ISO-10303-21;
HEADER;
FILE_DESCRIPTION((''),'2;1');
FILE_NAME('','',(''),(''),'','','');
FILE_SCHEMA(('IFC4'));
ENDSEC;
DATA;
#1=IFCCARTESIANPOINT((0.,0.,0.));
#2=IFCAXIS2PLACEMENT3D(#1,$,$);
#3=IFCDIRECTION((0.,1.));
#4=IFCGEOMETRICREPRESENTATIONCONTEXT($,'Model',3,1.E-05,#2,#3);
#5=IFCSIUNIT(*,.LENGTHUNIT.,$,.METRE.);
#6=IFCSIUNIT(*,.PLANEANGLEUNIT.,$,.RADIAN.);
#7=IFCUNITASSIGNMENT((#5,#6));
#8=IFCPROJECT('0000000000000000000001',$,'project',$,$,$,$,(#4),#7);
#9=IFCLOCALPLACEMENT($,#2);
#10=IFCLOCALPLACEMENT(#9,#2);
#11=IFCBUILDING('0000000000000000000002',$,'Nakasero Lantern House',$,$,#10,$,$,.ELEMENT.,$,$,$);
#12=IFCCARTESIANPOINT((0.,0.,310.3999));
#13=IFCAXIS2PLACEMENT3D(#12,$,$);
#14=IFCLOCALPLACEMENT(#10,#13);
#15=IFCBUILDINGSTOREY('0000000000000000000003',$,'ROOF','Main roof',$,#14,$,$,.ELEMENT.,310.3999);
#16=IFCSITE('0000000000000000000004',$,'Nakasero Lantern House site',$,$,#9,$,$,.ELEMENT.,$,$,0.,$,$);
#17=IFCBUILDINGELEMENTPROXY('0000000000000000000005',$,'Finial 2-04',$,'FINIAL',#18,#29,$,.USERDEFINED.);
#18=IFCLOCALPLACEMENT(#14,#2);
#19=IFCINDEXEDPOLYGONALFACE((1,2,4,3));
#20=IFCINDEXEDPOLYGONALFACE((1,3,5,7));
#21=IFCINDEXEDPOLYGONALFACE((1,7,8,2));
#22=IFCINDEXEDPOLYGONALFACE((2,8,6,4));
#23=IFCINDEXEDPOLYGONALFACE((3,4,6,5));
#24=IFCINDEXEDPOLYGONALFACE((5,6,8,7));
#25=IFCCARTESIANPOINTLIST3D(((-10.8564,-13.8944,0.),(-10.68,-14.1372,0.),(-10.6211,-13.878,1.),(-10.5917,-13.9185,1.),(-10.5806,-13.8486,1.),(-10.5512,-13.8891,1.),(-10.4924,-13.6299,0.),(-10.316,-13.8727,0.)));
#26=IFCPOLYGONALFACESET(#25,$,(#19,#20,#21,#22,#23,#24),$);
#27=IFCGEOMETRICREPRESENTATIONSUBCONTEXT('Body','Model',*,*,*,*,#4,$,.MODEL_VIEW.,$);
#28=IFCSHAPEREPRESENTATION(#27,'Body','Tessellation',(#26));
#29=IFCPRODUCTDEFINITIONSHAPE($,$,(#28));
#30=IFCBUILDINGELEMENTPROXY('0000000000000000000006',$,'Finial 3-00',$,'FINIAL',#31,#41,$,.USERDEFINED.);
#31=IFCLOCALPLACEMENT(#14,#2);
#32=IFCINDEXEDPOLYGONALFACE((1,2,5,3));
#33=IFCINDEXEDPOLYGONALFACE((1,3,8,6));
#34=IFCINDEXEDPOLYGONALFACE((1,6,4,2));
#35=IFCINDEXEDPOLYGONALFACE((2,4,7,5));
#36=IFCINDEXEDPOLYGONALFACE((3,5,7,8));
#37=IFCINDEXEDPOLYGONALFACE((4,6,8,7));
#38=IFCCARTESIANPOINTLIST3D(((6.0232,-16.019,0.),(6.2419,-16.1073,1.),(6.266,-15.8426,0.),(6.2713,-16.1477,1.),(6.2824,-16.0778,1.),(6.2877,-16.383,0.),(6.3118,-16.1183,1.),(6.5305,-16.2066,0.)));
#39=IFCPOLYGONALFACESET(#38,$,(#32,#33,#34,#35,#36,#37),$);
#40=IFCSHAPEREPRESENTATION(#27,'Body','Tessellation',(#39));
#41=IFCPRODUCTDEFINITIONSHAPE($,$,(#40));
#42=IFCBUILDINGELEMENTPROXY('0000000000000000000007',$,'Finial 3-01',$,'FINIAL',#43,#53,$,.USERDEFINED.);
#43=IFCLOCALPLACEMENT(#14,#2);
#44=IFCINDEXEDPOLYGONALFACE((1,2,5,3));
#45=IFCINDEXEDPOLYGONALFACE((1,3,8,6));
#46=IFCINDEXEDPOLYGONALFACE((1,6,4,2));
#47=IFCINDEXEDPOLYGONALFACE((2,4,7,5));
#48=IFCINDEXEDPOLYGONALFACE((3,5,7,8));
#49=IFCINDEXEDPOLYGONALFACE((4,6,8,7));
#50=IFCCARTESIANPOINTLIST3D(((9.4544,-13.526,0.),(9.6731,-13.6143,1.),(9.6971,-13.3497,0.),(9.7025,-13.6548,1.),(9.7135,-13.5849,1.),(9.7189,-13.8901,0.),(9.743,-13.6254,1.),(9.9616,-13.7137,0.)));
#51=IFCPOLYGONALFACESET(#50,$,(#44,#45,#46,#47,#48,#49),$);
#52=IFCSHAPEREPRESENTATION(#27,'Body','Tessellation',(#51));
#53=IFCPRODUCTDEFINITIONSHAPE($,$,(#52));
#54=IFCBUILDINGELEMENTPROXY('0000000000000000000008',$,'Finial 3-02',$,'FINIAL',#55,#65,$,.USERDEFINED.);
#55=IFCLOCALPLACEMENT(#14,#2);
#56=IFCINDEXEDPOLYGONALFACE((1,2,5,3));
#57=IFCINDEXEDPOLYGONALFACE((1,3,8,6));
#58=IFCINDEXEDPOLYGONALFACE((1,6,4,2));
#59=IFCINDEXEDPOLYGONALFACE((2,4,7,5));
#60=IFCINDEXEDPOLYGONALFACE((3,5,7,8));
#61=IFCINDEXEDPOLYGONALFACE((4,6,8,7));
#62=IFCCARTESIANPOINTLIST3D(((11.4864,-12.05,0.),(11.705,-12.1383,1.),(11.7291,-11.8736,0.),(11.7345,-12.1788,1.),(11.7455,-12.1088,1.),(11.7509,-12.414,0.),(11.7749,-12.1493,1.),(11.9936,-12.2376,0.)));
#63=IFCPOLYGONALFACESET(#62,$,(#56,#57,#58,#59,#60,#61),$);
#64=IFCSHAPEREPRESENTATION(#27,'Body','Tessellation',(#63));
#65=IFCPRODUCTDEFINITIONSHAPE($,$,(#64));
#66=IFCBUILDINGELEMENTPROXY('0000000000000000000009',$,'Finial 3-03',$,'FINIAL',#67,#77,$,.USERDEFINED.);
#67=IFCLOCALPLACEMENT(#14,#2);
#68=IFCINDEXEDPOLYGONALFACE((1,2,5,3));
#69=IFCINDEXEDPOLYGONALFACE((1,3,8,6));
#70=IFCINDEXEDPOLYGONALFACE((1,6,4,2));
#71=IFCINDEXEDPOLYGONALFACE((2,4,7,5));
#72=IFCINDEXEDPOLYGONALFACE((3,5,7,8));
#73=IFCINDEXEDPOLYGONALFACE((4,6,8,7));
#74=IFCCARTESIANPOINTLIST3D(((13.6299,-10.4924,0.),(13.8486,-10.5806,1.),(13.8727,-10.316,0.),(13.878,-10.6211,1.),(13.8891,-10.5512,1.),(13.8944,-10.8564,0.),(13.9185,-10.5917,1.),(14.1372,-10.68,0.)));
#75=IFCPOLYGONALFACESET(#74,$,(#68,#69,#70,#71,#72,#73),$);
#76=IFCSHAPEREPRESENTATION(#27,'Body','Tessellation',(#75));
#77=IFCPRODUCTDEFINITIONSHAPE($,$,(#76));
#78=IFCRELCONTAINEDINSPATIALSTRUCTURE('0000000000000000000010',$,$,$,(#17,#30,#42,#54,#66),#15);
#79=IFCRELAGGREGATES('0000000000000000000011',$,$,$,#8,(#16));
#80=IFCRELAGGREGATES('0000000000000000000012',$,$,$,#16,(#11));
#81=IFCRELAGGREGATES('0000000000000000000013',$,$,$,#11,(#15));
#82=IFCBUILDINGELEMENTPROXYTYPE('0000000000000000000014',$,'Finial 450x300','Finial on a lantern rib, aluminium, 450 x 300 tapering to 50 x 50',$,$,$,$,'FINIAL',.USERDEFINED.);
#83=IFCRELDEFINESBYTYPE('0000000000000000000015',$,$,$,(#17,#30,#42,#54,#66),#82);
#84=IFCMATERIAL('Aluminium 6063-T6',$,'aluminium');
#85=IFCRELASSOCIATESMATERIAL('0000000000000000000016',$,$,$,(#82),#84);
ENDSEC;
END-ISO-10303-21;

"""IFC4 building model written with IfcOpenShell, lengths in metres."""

from ifc_helpers import new_model, entity, si_unit, direction, frame, origin, place, context, subcontext, project, spatial, material, type_object, element, save


model = new_model("IFC4")

# Units and contexts
model_context = context("Model", 3, precision=1e-05, world=origin(), true_north=direction((0.0, 1.0)))
body_context = subcontext(model_context, "Body", "Model", "MODEL_VIEW")
ifc_project = project(units=[si_unit("LENGTHUNIT", "METRE"), si_unit("PLANEANGLEUNIT", "RADIAN")], contexts=[model_context])

# Site, building, storey
site_placement = place(None, origin())
site = spatial("IfcSite", under=ifc_project, at=site_placement, Name="Nakasero Lantern House site", CompositionType="ELEMENT", RefElevation=0.0)
building_placement = place(site_placement, origin())
building = spatial("IfcBuilding", under=site, at=building_placement, Name="Nakasero Lantern House", CompositionType="ELEMENT")
storey_placement = place(building_placement, frame((0.0, 0.0, 310.3999)))
storey = spatial("IfcBuildingStorey", under=building, at=storey_placement, Name="ROOF", Description="Main roof", CompositionType="ELEMENT", Elevation=310.3999)

# Building element proxies
ifc_material_1 = material(Name="Aluminium 6063-T6", Category="aluminium")
building_element_proxy_type = type_object("IfcBuildingElementProxyType", Name="Finial 450x300", Description="Finial on a lantern rib, aluminium, 450 x 300 tapering to 50 x 50", ElementType="FINIAL", PredefinedType="USERDEFINED", material=ifc_material_1)
for number, where, z_axis, x_axis, name in (
    (1, (-10.5862, -13.8835, 0.0), (0.0, 0.0, 1.0), (-0.809017, -0.587785, 0.0), "Finial 2-04"),
    (2, (6.2769, -16.1128, 0.0), (0.0, 0.0, 1.0), (0.587785, -0.809017, 0.0), "Finial 3-00"),
    (3, (9.708, -13.6199, 0.0), (0.0, 0.0, 1.0), (0.587785, -0.809017, 0.0), "Finial 3-01"),
    (4, (11.74, -12.1438, 0.0), (0.0, 0.0, 1.0), (0.587785, -0.809017, 0.0), "Finial 3-02"),
    (5, (13.8835, -10.5862, 0.0), (0.0, 0.0, 1.0), (0.587785, -0.809017, 0.0), "Finial 3-03"),
):
    element("IfcBuildingElementProxy", number, at=place(storey_placement, frame(where, z_axis=z_axis, x_axis=x_axis)), inside=storey, type_object=building_element_proxy_type, Name=name, ObjectType="FINIAL", PredefinedType="USERDEFINED", context=body_context, shape_type="SweptSolid", body=[
        entity("IfcExtrudedAreaSolidTapered", entity("IfcRectangleProfileDef", "AREA", None, entity("IfcAxis2Placement2D", entity("IfcCartesianPoint", [0.0, 0.0])), 0.45, 0.3), entity("IfcAxis2Placement3D", entity("IfcCartesianPoint", [0.0, 0.0, 0.0])), entity("IfcDirection", [0.0, 0.0, 1.0]), 1.0, entity("IfcRectangleProfileDef", "AREA", None, entity("IfcAxis2Placement2D", entity("IfcCartesianPoint", [0.0, 0.0])), 0.05, 0.05)),
    ])

save(model, "model.ifc")
